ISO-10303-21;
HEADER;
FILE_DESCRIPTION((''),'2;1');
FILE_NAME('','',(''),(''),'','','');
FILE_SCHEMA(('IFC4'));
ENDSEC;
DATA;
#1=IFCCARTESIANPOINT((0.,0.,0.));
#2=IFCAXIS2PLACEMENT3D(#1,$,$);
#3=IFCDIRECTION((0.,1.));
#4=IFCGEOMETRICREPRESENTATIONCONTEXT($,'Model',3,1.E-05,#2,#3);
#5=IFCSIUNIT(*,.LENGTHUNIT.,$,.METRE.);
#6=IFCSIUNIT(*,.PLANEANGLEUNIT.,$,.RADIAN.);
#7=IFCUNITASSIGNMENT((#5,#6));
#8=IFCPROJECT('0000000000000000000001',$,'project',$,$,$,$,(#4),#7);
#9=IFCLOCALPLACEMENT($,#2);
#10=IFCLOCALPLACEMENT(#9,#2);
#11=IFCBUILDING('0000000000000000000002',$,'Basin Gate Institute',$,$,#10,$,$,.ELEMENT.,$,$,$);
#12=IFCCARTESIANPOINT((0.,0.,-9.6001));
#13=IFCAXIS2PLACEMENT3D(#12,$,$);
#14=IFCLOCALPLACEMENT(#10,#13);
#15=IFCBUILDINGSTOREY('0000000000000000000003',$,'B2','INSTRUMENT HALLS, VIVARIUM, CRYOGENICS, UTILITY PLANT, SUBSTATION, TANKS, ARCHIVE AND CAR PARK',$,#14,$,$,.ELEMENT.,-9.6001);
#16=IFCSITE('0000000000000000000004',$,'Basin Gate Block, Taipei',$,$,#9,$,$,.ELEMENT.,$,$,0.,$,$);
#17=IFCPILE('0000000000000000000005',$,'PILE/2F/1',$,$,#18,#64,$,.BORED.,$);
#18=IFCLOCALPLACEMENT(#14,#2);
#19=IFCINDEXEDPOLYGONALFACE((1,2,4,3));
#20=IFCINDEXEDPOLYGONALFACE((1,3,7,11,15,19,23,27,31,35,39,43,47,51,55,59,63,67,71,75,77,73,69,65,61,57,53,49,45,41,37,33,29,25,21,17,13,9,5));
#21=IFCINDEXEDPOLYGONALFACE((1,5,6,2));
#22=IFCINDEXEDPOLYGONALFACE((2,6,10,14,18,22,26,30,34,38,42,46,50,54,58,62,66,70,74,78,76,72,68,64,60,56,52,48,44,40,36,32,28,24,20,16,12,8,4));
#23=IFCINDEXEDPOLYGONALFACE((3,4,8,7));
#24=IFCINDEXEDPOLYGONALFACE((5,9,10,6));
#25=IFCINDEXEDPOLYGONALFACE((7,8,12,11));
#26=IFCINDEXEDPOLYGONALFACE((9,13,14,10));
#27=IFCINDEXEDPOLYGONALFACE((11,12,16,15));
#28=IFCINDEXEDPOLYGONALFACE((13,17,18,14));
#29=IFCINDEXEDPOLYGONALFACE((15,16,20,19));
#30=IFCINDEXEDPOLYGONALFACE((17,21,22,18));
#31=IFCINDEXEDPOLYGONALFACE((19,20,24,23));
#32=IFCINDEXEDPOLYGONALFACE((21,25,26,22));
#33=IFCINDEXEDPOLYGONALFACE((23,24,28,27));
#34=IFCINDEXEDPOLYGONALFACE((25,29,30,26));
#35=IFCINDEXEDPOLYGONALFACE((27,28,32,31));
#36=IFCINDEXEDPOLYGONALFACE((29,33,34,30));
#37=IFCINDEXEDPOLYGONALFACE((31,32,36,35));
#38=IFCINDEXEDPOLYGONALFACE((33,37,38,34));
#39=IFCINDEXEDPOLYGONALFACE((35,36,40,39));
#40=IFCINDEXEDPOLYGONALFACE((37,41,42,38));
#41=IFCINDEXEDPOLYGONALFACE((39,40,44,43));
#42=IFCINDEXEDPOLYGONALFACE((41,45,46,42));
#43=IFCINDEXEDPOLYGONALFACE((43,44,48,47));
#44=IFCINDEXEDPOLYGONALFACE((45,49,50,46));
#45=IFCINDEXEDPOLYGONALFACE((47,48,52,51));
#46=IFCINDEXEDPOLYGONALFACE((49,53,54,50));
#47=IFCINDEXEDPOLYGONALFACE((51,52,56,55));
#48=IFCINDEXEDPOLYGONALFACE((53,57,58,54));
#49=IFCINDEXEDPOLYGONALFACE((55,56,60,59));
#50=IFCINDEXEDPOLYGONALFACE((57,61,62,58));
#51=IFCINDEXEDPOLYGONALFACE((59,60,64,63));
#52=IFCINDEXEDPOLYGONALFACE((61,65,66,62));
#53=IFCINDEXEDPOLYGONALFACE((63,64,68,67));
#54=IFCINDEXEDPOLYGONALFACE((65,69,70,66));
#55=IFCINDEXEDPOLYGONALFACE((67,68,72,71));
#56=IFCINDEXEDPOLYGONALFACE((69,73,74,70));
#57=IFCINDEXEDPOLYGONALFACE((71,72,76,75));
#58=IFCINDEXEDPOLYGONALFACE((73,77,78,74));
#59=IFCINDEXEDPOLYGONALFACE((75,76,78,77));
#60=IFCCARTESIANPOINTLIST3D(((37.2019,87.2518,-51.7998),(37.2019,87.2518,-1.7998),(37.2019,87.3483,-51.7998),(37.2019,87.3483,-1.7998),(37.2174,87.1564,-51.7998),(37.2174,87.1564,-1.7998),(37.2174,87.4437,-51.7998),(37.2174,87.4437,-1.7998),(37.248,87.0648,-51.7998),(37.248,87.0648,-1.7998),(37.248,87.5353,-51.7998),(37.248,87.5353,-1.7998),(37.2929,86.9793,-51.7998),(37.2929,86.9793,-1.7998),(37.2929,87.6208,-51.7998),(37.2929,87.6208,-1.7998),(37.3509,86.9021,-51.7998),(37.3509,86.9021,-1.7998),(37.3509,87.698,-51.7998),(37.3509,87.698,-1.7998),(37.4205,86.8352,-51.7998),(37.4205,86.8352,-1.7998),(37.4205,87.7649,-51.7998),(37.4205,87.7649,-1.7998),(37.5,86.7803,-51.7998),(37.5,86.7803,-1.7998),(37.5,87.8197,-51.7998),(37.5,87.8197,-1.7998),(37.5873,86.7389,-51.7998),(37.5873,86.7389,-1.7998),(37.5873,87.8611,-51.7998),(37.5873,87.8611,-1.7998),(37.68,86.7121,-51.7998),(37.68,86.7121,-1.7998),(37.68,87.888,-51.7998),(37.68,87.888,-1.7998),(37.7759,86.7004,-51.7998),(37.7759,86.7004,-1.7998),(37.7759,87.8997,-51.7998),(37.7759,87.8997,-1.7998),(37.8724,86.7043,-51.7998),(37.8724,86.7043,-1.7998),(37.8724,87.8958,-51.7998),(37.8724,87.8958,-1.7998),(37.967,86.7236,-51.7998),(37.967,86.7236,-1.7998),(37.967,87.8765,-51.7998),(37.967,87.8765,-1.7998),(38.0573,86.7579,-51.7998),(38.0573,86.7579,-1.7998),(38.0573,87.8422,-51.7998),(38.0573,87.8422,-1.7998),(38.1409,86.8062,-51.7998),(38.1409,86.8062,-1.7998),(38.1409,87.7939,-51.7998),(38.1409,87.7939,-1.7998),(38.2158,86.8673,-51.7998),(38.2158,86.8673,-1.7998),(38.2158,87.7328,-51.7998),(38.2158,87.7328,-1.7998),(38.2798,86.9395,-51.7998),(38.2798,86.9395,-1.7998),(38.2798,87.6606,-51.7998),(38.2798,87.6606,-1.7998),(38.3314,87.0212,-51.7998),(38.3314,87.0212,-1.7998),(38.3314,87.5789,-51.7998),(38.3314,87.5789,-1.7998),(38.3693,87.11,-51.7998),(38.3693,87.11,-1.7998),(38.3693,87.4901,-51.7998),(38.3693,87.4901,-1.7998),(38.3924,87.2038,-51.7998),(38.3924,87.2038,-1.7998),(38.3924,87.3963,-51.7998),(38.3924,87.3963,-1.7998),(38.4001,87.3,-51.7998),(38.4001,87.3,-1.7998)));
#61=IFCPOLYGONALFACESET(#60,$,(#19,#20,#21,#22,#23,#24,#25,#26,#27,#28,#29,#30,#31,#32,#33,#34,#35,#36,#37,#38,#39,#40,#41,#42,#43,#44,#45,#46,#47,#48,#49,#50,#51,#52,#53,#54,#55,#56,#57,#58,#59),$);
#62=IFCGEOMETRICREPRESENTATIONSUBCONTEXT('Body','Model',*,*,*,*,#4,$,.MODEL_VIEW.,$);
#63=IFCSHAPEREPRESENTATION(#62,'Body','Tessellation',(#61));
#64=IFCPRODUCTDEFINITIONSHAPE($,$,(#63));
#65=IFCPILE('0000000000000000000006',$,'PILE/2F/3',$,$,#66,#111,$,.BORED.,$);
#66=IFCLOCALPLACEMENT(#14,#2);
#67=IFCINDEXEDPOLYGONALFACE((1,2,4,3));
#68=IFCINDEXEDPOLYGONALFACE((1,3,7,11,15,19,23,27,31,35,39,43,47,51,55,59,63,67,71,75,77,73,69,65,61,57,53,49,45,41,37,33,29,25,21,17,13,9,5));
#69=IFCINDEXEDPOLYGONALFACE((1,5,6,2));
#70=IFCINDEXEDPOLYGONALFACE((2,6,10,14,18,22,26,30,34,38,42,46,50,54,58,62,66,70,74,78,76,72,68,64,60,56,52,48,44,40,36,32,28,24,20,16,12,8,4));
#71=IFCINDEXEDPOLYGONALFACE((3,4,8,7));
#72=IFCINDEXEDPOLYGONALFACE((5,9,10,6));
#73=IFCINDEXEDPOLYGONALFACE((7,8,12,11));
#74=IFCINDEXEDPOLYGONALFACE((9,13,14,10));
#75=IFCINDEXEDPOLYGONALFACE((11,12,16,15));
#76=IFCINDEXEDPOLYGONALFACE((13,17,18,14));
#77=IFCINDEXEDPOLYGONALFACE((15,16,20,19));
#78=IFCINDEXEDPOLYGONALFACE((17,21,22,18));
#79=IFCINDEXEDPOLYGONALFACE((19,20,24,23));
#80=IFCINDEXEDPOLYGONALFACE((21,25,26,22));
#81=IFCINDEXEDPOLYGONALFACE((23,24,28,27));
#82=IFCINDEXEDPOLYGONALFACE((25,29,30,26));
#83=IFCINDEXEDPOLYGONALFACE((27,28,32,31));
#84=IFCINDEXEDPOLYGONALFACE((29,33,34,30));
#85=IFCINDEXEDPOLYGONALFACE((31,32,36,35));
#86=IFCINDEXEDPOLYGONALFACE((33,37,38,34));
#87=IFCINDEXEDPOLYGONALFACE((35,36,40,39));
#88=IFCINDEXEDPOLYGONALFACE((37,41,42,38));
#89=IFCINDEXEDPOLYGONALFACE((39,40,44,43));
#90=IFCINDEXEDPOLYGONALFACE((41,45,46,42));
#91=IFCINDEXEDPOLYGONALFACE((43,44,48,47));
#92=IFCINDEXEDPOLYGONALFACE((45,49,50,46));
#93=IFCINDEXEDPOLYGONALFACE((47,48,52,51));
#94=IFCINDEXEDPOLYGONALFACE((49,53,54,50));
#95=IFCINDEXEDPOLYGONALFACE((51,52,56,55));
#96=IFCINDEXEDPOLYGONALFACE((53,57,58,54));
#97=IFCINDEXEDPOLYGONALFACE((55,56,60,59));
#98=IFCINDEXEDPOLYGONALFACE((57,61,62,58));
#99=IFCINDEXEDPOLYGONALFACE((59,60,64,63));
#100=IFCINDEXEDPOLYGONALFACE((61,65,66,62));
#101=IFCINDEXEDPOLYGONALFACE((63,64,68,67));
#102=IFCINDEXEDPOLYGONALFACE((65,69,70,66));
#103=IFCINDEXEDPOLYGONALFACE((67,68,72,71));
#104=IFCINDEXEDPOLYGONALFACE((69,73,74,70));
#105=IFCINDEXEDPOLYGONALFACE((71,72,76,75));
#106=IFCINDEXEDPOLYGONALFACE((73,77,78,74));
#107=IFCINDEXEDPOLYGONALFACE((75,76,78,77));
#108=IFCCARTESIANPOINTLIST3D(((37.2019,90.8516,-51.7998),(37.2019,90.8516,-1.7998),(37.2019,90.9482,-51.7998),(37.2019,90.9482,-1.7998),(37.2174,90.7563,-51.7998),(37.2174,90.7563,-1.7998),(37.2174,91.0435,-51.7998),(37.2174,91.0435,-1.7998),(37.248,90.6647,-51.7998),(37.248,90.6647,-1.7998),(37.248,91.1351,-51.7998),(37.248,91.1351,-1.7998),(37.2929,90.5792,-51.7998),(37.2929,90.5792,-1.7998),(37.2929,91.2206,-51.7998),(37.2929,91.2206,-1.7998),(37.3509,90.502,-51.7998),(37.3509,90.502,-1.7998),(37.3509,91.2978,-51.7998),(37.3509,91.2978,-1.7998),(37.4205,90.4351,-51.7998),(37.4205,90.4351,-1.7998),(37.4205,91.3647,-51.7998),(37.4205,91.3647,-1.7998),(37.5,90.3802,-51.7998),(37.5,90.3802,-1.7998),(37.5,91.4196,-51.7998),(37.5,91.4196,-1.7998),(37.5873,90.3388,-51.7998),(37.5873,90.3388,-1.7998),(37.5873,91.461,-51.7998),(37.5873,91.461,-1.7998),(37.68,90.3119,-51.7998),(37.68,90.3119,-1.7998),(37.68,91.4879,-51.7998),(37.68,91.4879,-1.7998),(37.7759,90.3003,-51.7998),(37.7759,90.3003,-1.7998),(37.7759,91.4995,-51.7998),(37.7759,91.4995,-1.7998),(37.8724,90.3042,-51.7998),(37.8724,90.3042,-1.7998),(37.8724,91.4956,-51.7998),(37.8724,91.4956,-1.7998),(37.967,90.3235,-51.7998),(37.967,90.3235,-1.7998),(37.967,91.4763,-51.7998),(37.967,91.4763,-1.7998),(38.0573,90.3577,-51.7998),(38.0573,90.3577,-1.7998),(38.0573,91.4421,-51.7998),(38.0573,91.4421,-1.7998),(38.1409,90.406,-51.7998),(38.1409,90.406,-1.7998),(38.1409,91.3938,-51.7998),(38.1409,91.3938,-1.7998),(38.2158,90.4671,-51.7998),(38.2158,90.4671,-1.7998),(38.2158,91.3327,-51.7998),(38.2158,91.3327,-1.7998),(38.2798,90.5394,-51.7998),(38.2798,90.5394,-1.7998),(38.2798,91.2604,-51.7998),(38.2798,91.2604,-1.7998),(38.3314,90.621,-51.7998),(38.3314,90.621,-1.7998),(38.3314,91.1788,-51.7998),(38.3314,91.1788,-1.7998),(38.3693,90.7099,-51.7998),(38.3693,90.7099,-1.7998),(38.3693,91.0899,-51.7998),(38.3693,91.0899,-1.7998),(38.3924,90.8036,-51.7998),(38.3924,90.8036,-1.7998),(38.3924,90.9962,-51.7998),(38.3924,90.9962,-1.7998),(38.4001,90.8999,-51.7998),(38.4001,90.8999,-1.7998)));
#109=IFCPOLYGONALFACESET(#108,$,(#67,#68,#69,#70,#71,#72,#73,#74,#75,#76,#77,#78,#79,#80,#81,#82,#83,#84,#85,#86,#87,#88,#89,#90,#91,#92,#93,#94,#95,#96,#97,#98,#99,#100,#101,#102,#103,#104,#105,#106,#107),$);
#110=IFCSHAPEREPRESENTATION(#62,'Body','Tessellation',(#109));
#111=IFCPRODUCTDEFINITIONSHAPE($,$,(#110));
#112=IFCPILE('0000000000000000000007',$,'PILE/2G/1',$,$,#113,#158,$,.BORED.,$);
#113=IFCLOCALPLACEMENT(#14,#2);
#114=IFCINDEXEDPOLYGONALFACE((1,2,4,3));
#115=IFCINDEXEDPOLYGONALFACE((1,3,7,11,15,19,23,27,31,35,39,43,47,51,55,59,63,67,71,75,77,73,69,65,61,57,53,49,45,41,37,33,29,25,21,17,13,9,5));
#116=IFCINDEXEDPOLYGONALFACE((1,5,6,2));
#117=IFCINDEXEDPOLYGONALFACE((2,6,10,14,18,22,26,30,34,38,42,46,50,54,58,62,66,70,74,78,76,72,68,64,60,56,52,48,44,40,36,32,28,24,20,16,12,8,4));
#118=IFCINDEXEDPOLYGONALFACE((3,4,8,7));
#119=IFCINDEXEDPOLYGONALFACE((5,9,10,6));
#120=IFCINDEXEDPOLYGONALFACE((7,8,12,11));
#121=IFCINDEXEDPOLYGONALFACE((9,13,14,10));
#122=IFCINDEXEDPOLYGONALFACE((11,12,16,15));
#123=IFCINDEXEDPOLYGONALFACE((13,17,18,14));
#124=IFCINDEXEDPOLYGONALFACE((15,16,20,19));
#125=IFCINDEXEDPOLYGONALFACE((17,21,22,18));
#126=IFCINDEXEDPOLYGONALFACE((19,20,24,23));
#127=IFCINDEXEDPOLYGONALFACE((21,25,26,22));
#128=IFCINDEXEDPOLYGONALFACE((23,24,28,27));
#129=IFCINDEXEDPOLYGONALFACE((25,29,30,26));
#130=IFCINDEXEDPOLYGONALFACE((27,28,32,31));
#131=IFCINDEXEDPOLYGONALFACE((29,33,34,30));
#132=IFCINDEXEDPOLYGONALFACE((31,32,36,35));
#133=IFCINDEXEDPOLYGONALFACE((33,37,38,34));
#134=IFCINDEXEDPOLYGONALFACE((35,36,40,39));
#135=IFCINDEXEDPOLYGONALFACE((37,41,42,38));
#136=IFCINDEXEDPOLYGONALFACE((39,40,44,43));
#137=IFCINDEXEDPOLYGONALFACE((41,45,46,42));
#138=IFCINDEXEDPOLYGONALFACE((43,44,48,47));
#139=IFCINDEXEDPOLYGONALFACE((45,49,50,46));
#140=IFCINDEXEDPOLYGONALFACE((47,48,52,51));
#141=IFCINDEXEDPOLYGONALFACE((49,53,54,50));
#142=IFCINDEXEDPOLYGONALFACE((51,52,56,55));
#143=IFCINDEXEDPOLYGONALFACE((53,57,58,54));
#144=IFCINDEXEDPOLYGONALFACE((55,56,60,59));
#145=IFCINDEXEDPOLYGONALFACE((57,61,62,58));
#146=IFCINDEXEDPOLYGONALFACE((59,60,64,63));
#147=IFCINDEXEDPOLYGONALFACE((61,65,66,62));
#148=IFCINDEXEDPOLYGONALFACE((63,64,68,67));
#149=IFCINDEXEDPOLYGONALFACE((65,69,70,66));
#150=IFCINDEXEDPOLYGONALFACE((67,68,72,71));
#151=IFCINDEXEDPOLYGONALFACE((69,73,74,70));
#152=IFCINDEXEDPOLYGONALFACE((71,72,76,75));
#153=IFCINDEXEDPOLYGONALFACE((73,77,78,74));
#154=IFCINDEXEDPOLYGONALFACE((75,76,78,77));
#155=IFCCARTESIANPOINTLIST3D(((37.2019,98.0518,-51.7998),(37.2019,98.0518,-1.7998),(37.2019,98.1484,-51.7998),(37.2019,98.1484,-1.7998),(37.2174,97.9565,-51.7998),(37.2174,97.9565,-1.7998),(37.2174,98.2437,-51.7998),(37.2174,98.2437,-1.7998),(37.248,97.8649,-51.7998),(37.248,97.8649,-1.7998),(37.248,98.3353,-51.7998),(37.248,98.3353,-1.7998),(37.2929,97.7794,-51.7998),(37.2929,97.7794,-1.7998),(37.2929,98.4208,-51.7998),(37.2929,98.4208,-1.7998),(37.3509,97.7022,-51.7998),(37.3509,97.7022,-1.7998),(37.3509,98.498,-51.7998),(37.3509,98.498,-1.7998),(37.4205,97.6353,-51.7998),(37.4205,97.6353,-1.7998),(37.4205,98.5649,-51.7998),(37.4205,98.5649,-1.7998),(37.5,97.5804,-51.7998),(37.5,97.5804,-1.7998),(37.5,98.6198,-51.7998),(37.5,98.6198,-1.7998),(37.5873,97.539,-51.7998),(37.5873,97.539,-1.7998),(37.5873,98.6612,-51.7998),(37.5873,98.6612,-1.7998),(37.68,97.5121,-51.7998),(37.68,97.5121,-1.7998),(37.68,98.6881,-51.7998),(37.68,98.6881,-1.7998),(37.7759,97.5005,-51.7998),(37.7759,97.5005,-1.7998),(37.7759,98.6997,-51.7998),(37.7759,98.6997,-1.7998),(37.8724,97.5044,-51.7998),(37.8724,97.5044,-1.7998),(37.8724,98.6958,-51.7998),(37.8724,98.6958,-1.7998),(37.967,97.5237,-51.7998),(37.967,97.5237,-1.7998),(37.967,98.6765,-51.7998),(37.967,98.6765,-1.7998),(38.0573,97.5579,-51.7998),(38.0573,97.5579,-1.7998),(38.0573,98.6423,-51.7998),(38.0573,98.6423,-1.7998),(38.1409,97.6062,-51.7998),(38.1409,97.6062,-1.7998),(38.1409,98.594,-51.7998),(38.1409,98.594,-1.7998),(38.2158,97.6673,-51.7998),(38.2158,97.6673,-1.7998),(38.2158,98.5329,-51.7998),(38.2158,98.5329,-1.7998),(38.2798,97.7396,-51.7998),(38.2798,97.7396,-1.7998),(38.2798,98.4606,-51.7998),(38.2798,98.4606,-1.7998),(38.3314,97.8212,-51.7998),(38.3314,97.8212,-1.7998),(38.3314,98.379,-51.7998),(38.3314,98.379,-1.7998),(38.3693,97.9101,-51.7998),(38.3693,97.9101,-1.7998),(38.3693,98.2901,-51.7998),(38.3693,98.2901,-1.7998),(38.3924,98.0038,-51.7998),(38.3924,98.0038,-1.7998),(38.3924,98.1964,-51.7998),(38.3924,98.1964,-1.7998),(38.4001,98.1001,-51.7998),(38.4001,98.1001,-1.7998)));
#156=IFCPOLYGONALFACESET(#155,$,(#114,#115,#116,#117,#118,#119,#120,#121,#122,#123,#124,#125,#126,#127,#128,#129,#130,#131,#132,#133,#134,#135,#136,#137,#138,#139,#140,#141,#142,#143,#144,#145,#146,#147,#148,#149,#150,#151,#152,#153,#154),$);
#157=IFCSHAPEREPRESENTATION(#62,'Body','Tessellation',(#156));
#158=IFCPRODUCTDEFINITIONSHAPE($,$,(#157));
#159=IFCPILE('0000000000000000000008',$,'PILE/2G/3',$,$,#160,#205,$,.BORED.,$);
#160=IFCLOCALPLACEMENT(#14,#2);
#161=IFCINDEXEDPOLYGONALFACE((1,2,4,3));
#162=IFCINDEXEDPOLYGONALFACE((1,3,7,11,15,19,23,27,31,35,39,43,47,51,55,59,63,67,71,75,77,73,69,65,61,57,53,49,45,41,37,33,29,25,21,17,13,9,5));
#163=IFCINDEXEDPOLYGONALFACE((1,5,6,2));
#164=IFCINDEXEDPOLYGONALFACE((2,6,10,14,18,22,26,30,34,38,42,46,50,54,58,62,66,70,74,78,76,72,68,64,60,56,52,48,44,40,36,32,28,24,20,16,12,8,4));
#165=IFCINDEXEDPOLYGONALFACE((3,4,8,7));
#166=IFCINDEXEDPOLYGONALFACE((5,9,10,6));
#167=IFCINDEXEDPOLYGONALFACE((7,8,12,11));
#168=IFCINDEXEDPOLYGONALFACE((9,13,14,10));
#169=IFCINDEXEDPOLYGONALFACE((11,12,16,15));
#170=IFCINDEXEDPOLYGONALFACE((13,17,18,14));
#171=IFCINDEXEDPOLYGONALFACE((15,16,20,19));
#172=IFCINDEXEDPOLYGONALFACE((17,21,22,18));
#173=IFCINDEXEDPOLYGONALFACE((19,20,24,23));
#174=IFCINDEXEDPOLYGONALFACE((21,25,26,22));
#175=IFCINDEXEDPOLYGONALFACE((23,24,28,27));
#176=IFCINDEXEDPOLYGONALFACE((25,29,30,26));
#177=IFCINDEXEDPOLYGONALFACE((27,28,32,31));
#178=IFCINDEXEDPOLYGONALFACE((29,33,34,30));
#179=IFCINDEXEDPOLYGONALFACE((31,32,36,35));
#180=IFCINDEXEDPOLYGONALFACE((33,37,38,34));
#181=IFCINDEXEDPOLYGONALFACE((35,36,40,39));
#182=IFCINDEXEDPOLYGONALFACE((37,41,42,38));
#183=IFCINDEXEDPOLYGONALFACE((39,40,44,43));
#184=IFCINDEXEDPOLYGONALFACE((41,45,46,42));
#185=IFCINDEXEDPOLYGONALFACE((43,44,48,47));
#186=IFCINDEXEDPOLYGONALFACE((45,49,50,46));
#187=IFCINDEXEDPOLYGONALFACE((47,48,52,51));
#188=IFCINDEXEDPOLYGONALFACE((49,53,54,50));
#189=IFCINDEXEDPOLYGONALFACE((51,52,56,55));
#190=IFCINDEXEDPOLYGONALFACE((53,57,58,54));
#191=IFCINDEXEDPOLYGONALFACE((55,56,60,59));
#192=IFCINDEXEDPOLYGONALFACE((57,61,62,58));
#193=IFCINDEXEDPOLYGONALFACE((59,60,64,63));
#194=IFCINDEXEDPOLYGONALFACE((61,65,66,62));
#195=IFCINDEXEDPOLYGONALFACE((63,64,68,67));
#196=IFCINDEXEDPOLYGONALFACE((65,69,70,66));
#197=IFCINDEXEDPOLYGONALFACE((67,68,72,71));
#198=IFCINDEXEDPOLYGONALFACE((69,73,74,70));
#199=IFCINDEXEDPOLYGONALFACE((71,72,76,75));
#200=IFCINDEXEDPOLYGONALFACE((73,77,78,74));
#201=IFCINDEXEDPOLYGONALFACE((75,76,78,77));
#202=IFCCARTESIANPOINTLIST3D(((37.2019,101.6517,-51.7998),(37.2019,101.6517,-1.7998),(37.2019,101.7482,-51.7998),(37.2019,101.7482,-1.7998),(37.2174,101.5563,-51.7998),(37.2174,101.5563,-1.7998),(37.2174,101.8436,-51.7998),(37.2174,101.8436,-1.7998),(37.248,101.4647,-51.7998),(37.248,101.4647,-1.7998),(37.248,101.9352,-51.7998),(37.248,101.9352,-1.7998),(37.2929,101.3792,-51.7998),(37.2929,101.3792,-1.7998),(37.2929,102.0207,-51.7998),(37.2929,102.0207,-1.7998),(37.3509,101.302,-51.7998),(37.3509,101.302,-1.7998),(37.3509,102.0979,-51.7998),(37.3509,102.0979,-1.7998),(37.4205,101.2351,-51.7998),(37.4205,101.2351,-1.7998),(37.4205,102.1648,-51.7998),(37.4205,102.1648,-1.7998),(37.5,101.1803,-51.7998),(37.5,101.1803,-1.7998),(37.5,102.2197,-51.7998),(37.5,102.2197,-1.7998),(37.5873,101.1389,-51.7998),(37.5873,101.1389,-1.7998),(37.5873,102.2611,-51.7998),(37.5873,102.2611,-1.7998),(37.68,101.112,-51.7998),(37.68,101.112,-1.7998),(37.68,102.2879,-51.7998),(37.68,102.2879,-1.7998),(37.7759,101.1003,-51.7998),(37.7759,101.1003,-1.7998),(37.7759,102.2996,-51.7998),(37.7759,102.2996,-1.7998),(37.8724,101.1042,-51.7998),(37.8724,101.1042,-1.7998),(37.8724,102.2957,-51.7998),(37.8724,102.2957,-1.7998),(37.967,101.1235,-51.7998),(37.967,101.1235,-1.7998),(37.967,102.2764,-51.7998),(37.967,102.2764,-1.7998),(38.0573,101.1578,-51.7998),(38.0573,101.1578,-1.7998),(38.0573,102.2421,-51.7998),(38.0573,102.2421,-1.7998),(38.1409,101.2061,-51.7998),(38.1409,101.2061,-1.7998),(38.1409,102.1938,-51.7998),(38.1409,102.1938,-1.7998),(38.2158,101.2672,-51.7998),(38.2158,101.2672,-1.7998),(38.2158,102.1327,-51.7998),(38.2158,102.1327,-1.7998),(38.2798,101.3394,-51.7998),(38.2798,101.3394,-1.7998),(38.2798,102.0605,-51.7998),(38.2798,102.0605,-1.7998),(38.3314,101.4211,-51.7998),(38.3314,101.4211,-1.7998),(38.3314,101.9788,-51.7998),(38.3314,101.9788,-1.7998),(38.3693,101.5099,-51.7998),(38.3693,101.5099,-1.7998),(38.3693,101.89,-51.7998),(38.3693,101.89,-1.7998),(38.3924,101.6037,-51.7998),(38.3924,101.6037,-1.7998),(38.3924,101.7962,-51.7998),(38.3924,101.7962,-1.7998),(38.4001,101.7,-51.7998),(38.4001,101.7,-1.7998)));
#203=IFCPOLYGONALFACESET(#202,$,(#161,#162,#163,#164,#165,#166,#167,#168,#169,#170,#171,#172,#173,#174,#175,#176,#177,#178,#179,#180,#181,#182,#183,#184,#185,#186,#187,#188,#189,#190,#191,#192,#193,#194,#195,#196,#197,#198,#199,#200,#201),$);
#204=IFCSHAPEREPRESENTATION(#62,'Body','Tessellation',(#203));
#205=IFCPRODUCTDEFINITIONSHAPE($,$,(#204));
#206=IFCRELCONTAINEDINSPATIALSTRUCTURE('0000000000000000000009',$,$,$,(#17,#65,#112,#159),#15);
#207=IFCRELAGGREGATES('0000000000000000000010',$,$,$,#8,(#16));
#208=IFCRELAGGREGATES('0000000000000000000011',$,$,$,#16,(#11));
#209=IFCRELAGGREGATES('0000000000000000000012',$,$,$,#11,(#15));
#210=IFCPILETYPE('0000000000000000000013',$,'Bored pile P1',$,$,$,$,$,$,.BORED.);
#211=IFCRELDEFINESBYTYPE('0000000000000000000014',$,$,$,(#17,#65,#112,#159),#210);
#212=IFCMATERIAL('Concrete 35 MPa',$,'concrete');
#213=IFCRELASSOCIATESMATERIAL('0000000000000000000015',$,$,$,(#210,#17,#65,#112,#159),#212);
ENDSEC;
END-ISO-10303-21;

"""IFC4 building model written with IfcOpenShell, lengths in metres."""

from ifc_helpers import new_model, si_unit, direction, frame, origin, origin_2d, place, context, subcontext, project, spatial, circle, extrude, material, material_profile, profile_set, type_object, element, save


model = new_model("IFC4")

# Units and contexts
model_context = context("Model", 3, precision=1e-05, world=origin(), true_north=direction((0.0, 1.0)))
body_context = subcontext(model_context, "Body", "Model", "MODEL_VIEW")
ifc_project = project(units=[si_unit("LENGTHUNIT", "METRE"), si_unit("PLANEANGLEUNIT", "RADIAN")], contexts=[model_context])

# Site, building, storey
site_placement = place(None, origin())
site = spatial("IfcSite", under=ifc_project, at=site_placement, Name="Basin Gate Block, Taipei", CompositionType="ELEMENT", RefElevation=0.0)
building_placement = place(site_placement, origin())
building = spatial("IfcBuilding", under=site, at=building_placement, Name="Basin Gate Institute", CompositionType="ELEMENT")
storey_placement = place(building_placement, frame((0.0, 0.0, -9.6001)))
storey = spatial("IfcBuildingStorey", under=building, at=storey_placement, Name="B2", Description="INSTRUMENT HALLS, VIVARIUM, CRYOGENICS, UTILITY PLANT, SUBSTATION, TANKS, ARCHIVE AND CAR PARK", CompositionType="ELEMENT", Elevation=-9.6001)

# Piles
ifc_material_1 = material(Name="Concrete 35 MPa", Category="concrete")
ifc_material_profile_1 = material_profile(ifc_material_1, circle(Radius=0.6001, at=origin_2d()), Name="Bored pile P1 1200 dia")
ifc_profile_set_1 = profile_set([ifc_material_profile_1], Name="Concrete 35 MPa")
pile_type = type_object("IfcPileType", Name="Bored pile P1", PredefinedType="BORED", material=ifc_profile_set_1)
for number, where, z_axis, x_axis, name in (
    (1, (37.8, 87.3, -1.7998), (0.0, 0.0, -1.0), (1.0, 0.0, 0.0), "PILE/2F/1"),
    (2, (37.8, 90.8999, -1.7998), (0.0, 0.0, -1.0), (1.0, 0.0, 0.0), "PILE/2F/3"),
    (3, (37.8, 98.1001, -1.7998), (0.0, 0.0, -1.0), (1.0, 0.0, 0.0), "PILE/2G/1"),
    (4, (37.8, 101.7, -1.7998), (0.0, 0.0, -1.0), (1.0, 0.0, 0.0), "PILE/2G/3"),
):
    element("IfcPile", number, at=place(storey_placement, frame(where, z_axis=z_axis, x_axis=x_axis)), inside=storey, type_object=pile_type, material=ifc_profile_set_1, Name=name, PredefinedType="BORED", context=body_context, shape_type="SweptSolid", body=[
        extrude(circle(Radius=0.6001, at=origin_2d()), origin(), (0.0, 0.0, 1.0), 50.0),
    ])

save(model, "model.ifc")
